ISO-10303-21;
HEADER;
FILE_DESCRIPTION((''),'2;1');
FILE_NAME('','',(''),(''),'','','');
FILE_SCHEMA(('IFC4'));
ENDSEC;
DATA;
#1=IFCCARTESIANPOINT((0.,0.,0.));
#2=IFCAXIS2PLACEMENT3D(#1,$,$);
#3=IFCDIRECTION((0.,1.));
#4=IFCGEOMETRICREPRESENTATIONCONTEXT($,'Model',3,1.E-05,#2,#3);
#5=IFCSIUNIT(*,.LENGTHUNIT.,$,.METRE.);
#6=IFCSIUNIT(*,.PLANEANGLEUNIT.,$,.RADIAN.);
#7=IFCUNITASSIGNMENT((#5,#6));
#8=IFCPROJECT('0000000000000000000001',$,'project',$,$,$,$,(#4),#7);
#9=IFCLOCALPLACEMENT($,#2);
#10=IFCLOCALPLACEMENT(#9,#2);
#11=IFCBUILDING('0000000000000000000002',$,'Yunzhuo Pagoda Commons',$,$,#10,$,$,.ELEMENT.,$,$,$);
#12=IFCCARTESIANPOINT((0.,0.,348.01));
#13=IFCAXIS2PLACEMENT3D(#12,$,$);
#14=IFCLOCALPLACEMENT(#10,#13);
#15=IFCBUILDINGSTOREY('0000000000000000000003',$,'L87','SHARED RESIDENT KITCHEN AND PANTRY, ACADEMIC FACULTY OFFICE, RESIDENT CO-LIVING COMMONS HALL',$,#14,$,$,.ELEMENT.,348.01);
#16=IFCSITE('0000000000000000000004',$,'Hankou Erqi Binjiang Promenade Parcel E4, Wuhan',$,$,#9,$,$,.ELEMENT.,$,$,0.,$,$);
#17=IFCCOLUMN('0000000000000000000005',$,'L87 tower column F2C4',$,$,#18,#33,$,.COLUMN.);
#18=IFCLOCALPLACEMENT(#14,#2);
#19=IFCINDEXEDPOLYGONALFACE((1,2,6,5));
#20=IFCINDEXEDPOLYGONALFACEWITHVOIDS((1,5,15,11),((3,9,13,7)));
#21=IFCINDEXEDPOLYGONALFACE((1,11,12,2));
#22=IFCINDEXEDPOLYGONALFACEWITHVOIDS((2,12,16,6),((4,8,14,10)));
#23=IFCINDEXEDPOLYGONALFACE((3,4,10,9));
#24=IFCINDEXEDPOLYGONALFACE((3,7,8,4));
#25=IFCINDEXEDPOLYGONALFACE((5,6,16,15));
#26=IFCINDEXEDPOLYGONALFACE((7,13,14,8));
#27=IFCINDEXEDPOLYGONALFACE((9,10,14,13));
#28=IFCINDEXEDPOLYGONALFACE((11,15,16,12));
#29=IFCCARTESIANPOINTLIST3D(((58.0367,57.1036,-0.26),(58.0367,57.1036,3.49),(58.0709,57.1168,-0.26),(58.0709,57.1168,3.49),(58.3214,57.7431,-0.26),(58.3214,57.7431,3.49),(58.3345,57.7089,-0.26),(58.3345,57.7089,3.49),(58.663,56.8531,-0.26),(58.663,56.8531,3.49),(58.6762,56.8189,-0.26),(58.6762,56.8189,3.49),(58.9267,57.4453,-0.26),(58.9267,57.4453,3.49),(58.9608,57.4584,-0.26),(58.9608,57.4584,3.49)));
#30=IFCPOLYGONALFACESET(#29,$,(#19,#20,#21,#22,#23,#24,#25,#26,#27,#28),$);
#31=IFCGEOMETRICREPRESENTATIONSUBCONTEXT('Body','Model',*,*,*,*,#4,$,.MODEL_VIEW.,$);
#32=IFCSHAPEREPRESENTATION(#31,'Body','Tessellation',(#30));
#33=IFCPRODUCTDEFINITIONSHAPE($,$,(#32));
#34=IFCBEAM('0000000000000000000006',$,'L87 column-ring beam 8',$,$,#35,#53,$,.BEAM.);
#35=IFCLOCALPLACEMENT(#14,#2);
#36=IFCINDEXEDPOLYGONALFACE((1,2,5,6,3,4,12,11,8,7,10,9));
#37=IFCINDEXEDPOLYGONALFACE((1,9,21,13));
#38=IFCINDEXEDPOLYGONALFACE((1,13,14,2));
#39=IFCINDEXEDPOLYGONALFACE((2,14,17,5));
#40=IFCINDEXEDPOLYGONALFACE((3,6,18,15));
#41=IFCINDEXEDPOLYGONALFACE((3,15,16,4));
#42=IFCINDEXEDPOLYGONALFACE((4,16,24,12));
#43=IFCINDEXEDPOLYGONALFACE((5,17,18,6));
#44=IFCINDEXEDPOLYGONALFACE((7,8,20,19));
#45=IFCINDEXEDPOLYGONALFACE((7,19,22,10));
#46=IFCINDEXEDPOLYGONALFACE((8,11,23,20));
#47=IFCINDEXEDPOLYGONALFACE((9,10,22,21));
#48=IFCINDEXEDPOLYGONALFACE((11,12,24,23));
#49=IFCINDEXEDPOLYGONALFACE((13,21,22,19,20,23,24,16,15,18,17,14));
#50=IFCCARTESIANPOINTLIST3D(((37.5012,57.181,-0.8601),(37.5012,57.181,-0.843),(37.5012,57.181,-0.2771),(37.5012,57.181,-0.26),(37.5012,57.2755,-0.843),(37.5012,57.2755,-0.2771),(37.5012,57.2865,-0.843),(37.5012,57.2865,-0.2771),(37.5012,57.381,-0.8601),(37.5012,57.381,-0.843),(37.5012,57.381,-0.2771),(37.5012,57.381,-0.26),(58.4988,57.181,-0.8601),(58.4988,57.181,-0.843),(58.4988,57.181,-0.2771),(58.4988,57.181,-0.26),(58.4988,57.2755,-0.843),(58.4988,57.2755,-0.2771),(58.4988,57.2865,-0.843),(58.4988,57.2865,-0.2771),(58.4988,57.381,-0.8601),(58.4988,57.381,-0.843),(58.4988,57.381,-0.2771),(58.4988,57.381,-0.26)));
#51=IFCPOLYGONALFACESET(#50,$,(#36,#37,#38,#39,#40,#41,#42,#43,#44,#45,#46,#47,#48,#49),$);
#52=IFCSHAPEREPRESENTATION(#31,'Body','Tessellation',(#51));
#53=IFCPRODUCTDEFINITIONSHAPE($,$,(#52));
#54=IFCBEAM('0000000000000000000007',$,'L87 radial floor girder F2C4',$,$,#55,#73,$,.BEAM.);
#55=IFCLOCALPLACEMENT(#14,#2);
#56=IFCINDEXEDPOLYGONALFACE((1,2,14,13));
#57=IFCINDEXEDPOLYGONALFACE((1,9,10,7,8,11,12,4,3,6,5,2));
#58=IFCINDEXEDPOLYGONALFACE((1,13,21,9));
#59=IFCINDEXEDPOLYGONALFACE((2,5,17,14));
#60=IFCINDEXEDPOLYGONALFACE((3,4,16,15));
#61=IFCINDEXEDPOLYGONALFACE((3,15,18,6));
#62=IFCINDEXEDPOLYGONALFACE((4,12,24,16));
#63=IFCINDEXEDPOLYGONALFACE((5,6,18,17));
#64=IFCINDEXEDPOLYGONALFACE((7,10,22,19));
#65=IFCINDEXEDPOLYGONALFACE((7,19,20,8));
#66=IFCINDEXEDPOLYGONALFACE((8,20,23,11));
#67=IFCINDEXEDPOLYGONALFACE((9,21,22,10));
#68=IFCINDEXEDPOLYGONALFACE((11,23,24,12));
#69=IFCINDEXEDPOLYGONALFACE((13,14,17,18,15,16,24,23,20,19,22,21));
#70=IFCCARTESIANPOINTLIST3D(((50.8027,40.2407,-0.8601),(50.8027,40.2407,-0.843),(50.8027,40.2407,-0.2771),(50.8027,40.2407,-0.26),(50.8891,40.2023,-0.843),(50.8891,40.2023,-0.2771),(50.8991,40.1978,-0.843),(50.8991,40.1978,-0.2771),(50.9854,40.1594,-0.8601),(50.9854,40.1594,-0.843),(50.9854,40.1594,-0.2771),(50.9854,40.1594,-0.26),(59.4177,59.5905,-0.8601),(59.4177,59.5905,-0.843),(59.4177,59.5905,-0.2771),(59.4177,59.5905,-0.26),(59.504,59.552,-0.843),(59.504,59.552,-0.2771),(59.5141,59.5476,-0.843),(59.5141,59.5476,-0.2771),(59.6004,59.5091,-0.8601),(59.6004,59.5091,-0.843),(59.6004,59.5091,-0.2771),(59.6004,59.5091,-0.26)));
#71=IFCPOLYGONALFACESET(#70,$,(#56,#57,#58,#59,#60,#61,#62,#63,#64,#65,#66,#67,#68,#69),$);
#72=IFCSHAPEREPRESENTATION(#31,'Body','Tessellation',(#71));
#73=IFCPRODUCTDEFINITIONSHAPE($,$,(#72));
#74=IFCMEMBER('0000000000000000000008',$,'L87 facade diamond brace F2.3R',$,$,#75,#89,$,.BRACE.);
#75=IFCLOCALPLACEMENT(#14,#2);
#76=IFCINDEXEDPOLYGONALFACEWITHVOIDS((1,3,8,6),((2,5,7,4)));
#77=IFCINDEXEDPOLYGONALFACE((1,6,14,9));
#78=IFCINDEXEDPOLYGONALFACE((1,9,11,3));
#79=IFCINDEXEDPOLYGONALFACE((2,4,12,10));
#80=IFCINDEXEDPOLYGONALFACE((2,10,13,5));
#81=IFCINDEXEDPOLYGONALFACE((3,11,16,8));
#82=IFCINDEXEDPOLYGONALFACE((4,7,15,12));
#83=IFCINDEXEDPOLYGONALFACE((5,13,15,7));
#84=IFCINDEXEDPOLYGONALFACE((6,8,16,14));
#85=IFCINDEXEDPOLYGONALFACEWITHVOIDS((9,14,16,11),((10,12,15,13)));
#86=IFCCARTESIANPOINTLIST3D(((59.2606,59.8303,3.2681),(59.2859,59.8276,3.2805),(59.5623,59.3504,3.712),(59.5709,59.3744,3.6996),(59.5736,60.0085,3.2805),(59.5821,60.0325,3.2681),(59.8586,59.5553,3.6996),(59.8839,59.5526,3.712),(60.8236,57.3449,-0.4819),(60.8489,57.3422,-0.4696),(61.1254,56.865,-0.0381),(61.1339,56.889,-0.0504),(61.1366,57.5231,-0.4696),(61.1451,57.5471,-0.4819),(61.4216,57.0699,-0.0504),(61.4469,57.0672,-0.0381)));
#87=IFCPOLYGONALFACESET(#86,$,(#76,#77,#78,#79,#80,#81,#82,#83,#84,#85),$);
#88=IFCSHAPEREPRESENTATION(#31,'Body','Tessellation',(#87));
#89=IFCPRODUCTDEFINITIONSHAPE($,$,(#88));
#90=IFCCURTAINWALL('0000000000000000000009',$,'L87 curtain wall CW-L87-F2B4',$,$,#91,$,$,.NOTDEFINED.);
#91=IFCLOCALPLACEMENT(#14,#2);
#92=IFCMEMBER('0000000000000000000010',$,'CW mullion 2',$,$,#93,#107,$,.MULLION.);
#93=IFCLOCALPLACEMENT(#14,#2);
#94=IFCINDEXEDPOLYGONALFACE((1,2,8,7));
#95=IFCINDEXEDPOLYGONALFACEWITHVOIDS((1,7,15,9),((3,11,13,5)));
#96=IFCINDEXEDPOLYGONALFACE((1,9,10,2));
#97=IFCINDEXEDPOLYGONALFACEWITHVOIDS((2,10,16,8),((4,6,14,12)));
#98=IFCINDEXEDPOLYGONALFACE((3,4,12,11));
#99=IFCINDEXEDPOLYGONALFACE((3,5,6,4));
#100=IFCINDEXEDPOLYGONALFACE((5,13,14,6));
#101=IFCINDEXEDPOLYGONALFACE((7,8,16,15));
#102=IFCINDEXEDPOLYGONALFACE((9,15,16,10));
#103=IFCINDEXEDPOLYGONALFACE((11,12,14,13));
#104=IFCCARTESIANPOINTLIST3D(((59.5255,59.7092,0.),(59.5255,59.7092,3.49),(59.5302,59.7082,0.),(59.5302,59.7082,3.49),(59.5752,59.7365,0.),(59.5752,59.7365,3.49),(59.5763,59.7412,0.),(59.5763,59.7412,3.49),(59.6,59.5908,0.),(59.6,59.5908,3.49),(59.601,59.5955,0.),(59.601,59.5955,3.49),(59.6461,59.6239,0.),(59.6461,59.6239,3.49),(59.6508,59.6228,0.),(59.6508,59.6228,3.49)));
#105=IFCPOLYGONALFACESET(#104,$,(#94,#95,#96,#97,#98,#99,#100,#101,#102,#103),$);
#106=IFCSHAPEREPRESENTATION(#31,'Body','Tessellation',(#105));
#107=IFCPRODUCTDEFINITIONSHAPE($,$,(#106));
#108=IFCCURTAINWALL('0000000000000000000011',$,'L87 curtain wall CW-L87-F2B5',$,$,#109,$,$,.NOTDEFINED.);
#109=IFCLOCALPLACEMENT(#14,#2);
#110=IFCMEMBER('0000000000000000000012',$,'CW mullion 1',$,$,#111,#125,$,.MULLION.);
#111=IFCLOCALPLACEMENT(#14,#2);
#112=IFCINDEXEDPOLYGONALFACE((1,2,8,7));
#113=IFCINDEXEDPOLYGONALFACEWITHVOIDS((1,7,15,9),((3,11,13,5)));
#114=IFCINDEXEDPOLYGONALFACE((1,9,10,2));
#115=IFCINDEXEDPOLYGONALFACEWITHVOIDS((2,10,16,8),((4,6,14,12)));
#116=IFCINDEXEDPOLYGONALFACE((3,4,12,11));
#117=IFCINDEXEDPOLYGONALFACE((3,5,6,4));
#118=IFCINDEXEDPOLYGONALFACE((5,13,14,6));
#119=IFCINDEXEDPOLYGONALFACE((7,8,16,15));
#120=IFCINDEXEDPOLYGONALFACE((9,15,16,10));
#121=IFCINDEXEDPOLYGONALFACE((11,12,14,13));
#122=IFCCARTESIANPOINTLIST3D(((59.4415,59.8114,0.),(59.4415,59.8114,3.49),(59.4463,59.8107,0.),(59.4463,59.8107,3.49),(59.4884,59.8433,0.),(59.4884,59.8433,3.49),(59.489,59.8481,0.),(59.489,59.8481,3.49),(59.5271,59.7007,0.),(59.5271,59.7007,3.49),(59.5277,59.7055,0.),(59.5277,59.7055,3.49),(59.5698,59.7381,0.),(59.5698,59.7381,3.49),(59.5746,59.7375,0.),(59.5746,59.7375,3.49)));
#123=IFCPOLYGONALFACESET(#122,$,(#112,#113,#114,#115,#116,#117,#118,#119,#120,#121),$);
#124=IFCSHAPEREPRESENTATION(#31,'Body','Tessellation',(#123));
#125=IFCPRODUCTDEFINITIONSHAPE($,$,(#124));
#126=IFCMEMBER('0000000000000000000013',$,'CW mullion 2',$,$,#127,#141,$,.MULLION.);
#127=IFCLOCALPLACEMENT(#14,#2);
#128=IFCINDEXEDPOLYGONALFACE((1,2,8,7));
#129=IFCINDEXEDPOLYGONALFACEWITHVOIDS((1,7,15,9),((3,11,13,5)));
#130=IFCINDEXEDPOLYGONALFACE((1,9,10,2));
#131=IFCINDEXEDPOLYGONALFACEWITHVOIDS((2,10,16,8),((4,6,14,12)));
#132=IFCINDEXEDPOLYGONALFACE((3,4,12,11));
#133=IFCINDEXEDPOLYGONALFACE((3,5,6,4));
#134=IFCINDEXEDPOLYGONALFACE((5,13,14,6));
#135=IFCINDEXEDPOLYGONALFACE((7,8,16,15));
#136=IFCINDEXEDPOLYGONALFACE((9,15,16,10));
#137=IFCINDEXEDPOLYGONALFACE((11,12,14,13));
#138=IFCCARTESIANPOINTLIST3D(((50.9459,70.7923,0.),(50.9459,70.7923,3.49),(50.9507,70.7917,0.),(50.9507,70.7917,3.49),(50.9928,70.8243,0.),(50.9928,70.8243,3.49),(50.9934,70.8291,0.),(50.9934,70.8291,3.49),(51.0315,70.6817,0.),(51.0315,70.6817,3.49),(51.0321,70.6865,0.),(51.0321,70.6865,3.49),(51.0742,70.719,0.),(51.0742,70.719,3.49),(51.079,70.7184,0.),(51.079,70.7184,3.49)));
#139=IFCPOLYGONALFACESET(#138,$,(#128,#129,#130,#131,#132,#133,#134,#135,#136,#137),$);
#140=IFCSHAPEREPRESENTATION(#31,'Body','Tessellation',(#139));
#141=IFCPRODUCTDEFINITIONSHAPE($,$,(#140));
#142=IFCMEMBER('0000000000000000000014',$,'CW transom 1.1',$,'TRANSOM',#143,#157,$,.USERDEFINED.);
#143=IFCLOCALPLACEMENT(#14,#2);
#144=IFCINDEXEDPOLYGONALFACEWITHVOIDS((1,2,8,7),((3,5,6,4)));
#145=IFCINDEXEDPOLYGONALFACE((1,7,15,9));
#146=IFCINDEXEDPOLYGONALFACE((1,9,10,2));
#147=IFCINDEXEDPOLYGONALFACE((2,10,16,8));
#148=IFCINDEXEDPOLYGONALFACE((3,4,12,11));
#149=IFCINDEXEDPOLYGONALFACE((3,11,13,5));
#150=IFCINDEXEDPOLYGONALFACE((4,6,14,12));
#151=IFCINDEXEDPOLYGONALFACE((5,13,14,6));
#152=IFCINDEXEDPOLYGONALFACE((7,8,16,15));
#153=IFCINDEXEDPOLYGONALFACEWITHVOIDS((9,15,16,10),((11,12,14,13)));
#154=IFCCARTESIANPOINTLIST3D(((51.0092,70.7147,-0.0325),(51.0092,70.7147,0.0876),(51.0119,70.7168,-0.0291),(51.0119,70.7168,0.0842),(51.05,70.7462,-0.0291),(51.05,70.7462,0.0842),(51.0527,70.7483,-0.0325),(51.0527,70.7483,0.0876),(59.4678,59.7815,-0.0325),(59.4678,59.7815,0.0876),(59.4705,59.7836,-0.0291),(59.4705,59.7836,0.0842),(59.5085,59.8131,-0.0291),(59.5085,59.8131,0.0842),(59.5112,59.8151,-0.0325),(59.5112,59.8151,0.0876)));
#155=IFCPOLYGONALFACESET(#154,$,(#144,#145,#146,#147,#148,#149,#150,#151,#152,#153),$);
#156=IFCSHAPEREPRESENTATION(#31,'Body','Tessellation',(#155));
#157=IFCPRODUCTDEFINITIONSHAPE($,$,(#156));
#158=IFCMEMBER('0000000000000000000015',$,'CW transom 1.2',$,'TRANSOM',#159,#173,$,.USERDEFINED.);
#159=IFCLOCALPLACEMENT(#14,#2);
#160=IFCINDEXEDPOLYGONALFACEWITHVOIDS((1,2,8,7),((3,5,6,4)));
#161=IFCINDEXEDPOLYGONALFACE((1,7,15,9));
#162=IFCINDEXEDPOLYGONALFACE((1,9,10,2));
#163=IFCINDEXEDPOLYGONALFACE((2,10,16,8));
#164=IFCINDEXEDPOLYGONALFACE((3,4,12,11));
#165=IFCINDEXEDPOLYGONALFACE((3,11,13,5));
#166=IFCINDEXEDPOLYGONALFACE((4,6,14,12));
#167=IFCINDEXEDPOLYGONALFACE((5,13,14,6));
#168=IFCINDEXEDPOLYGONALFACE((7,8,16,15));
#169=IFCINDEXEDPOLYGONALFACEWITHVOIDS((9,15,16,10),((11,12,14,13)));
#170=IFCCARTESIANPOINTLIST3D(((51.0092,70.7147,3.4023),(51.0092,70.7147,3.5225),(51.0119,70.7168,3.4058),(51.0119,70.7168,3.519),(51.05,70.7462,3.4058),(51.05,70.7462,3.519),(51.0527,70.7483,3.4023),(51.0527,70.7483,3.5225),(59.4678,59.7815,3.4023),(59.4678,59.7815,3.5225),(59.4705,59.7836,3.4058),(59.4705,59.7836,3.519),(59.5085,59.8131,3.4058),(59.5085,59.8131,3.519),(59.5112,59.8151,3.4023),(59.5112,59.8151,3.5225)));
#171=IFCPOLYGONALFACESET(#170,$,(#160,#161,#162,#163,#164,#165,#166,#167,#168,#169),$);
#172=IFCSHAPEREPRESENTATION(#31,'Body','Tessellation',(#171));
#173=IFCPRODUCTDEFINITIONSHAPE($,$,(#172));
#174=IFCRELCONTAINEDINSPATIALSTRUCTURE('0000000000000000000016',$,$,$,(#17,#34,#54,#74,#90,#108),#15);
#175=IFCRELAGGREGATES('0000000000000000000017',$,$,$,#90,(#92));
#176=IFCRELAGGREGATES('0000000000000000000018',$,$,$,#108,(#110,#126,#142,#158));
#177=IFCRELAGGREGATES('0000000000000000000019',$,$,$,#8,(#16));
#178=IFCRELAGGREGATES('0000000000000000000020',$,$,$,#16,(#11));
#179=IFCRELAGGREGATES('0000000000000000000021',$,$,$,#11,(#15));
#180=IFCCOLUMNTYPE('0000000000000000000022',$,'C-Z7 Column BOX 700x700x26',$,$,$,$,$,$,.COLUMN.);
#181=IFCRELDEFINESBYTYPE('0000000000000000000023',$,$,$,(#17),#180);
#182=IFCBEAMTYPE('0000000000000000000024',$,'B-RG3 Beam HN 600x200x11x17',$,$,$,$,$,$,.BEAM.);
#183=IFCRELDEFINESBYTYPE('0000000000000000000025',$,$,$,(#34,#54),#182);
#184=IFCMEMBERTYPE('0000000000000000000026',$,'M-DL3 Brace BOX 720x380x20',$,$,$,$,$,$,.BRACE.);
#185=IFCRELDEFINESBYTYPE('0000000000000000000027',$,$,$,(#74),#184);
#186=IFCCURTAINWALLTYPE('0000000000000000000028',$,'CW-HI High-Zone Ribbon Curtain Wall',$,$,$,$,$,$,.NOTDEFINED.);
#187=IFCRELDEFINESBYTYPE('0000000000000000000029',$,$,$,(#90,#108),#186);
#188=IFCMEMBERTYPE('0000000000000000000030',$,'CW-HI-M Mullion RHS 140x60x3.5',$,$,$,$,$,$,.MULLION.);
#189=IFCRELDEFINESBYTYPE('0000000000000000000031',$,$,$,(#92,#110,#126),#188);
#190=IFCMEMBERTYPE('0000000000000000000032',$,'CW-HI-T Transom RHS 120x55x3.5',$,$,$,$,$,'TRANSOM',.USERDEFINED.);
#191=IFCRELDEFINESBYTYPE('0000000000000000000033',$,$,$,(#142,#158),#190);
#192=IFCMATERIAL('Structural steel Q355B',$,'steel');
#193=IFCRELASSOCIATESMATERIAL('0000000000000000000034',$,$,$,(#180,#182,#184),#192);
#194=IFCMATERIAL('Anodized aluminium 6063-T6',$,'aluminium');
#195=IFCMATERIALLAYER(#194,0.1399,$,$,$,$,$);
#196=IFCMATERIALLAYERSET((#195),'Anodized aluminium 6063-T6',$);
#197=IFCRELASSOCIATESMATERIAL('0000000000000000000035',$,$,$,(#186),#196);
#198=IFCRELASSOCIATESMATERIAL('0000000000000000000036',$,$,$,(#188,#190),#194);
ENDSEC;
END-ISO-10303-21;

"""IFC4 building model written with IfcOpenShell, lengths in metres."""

from ifc_helpers import new_model, si_unit, direction, frame, origin, origin_2d, place, context, subcontext, project, spatial, hollow_rectangle, i_section, extrude, source, transform, mapped, material, layer, layer_set, material_profile, profile_set, type_object, element, aggregate, save


model = new_model("IFC4")

# Units and contexts
model_context = context("Model", 3, precision=1e-05, world=origin(), true_north=direction((0.0, 1.0)))
body_context = subcontext(model_context, "Body", "Model", "MODEL_VIEW")
ifc_project = project(units=[si_unit("LENGTHUNIT", "METRE"), si_unit("PLANEANGLEUNIT", "RADIAN")], contexts=[model_context])

# Site, building, storey
site_placement = place(None, origin())
site = spatial("IfcSite", under=ifc_project, at=site_placement, Name="Hankou Erqi Binjiang Promenade Parcel E4, Wuhan", CompositionType="ELEMENT", RefElevation=0.0)
building_placement = place(site_placement, origin())
building = spatial("IfcBuilding", under=site, at=building_placement, Name="Yunzhuo Pagoda Commons", CompositionType="ELEMENT")
storey_placement = place(building_placement, frame((0.0, 0.0, 348.01)))
storey = spatial("IfcBuildingStorey", under=building, at=storey_placement, Name="L87", Description="SHARED RESIDENT KITCHEN AND PANTRY, ACADEMIC FACULTY OFFICE, RESIDENT CO-LIVING COMMONS HALL", CompositionType="ELEMENT", Elevation=348.01)

# Column
ifc_material_1 = material(Name="Structural steel Q355B", Category="steel")
ifc_material_profile_1 = material_profile(ifc_material_1, hollow_rectangle(XDim=0.7, YDim=0.7, WallThickness=0.0259, at=origin_2d()), Name="Structural steel Q355B")
ifc_profile_set_1 = profile_set([ifc_material_profile_1], Name="Structural steel Q355B")
column_type = type_object("IfcColumnType", Name="C-Z7 Column BOX 700x700x26", PredefinedType="COLUMN", material=ifc_profile_set_1)
shared_shape_1 = source(origin(), body_context, "Body", "SweptSolid", [
    extrude(hollow_rectangle(XDim=0.7, YDim=0.7, WallThickness=0.0259, at=origin_2d()), origin(), (0.0, 0.0, 1.0), 3.75),
])
column_placement = place(storey_placement, frame((58.4988, 57.281, -0.26), z_axis=(0.0, 0.0, 1.0), x_axis=(-0.913545, 0.406737, 0.0)))
element("IfcColumn", 1, at=column_placement, inside=storey, type_object=column_type, Name="L87 tower column F2C4", PredefinedType="COLUMN", context=body_context, shape_type="MappedRepresentation", body=[
    mapped(shared_shape_1, transform((0.0, 0.0, 0.0), scale=1.0)),
])

# Beams
ifc_material_profile_2 = material_profile(ifc_material_1, i_section(OverallWidth=0.2, OverallDepth=0.6001, WebThickness=0.011, FlangeThickness=0.0171, at=origin_2d()), Name="Structural steel Q355B")
ifc_profile_set_2 = profile_set([ifc_material_profile_2], Name="Structural steel Q355B")
beam_type = type_object("IfcBeamType", Name="B-RG3 Beam HN 600x200x11x17", PredefinedType="BEAM", material=ifc_profile_set_2)
shared_shape_2 = source(origin(), body_context, "Body", "SweptSolid", [
    extrude(i_section(OverallWidth=0.2, OverallDepth=0.6001, WebThickness=0.011, FlangeThickness=0.0171, at=origin_2d()), origin(), (0.0, 0.0, 1.0), 20.9976),
])
beam_1_placement = place(storey_placement, frame((58.4988, 57.281, -0.5601), z_axis=(-1.0, 0.0, 0.0), x_axis=(0.0, -1.0, 0.0)))
element("IfcBeam", 2, at=beam_1_placement, inside=storey, type_object=beam_type, Name="L87 column-ring beam 8", PredefinedType="BEAM", context=body_context, shape_type="MappedRepresentation", body=[
    mapped(shared_shape_2, transform((0.0, 0.0, 0.0), scale=1.0)),
])
shared_shape_3 = source(origin(), body_context, "Body", "SweptSolid", [
    extrude(i_section(OverallWidth=0.2, OverallDepth=0.6001, WebThickness=0.011, FlangeThickness=0.0171, at=origin_2d()), origin(), (0.0, 0.0, 1.0), 21.1809),
])
beam_2_placement = place(storey_placement, frame((59.509, 59.5498, -0.5601), z_axis=(-0.406732, -0.913548, 0.0), x_axis=(0.913548, -0.406732, 0.0)))
element("IfcBeam", 3, at=beam_2_placement, inside=storey, type_object=beam_type, Name="L87 radial floor girder F2C4", PredefinedType="BEAM", context=body_context, shape_type="MappedRepresentation", body=[
    mapped(shared_shape_3, transform((0.0, 0.0, 0.0), scale=1.0)),
])

# Member
ifc_material_profile_3 = material_profile(ifc_material_1, hollow_rectangle(XDim=0.3799, YDim=0.72, WallThickness=0.02, at=origin_2d()), Name="Structural steel Q355B")
ifc_profile_set_3 = profile_set([ifc_material_profile_3], Name="Structural steel Q355B")
member_type_1 = type_object("IfcMemberType", Name="M-DL3 Brace BOX 720x380x20", PredefinedType="BRACE", material=ifc_profile_set_3)
shared_shape_4 = source(origin(), body_context, "Body", "SweptSolid", [
    extrude(hollow_rectangle(XDim=0.3799, YDim=0.72, WallThickness=0.02, at=origin_2d()), origin(), (0.0, 0.0, 1.0), 4.7627),
])
member_1_placement = place(storey_placement, frame((61.1353, 57.2061, -0.26), z_axis=(-0.328179, 0.521847, 0.787384), x_axis=(-0.846519, -0.532359, 0.0)))
element("IfcMember", 4, at=member_1_placement, inside=storey, type_object=member_type_1, Name="L87 facade diamond brace F2.3R", PredefinedType="BRACE", context=body_context, shape_type="MappedRepresentation", body=[
    mapped(shared_shape_4, transform((0.0, 0.0, 0.0), scale=1.0)),
])

# Curtain wall, member
ifc_material_2 = material(Name="Anodized aluminium 6063-T6", Category="aluminium")
ifc_layer_1 = layer(ifc_material_2, 0.1399)
ifc_layer_set_1 = layer_set([ifc_layer_1], Name="Anodized aluminium 6063-T6")
curtain_wall_type = type_object("IfcCurtainWallType", Name="CW-HI High-Zone Ribbon Curtain Wall", PredefinedType="NOTDEFINED", material=ifc_layer_set_1)
curtain_wall_1_placement = place(storey_placement, origin())
curtain_wall_1 = element("IfcCurtainWall", 5, at=curtain_wall_1_placement, inside=storey, type_object=curtain_wall_type, Name="L87 curtain wall CW-L87-F2B4", PredefinedType="NOTDEFINED")
ifc_material_profile_4 = material_profile(ifc_material_2, hollow_rectangle(XDim=0.0601, YDim=0.1399, WallThickness=0.0034, at=origin_2d()), Name="Anodized aluminium 6063-T6")
ifc_profile_set_4 = profile_set([ifc_material_profile_4], Name="Anodized aluminium 6063-T6")
member_type_2 = type_object("IfcMemberType", Name="CW-HI-M Mullion RHS 140x60x3.5", PredefinedType="MULLION", material=ifc_profile_set_4)
shared_shape_5 = source(origin(), body_context, "Body", "SweptSolid", [
    extrude(hollow_rectangle(XDim=0.0601, YDim=0.1399, WallThickness=0.0034, at=origin_2d()), origin(), (0.0, 0.0, 1.0), 3.49),
])
member_2_placement = place(storey_placement, frame((59.5881, 59.666, 0.0), z_axis=(0.0, 0.0, 1.0), x_axis=(-0.846525, -0.53235, 0.0)))
member_2 = element("IfcMember", 6, at=member_2_placement, type_object=member_type_2, Name="CW mullion 2", PredefinedType="MULLION", context=body_context, shape_type="MappedRepresentation", body=[
    mapped(shared_shape_5, transform((0.0, 0.0, 0.0), scale=1.0)),
])

# Curtain wall, members
curtain_wall_2_placement = place(storey_placement, origin())
curtain_wall_2 = element("IfcCurtainWall", 7, at=curtain_wall_2_placement, inside=storey, type_object=curtain_wall_type, Name="L87 curtain wall CW-L87-F2B5", PredefinedType="NOTDEFINED")
member_3_placement = place(storey_placement, frame((59.5081, 59.7744, 0.0), z_axis=(0.0, 0.0, 1.0), x_axis=(-0.790927, -0.61191, 0.0)))
member_3 = element("IfcMember", 8, at=member_3_placement, type_object=member_type_2, Name="CW mullion 1", PredefinedType="MULLION", context=body_context, shape_type="MappedRepresentation", body=[
    mapped(shared_shape_5, transform((0.0, 0.0, 0.0), scale=1.0)),
])
member_4_placement = place(storey_placement, frame((51.0125, 70.7554, 0.0), z_axis=(0.0, 0.0, 1.0), x_axis=(-0.790927, -0.61191, 0.0)))
member_4 = element("IfcMember", 9, at=member_4_placement, type_object=member_type_2, Name="CW mullion 2", PredefinedType="MULLION", context=body_context, shape_type="MappedRepresentation", body=[
    mapped(shared_shape_5, transform((0.0, 0.0, 0.0), scale=1.0)),
])
ifc_material_profile_5 = material_profile(ifc_material_2, hollow_rectangle(XDim=0.0549, YDim=0.1201, WallThickness=0.0034, at=origin_2d()), Name="Anodized aluminium 6063-T6")
ifc_profile_set_5 = profile_set([ifc_material_profile_5], Name="Anodized aluminium 6063-T6")
member_type_3 = type_object("IfcMemberType", Name="CW-HI-T Transom RHS 120x55x3.5", ElementType="TRANSOM", PredefinedType="USERDEFINED", material=ifc_profile_set_5)
shared_shape_6 = source(origin(), body_context, "Body", "SweptSolid", [
    extrude(hollow_rectangle(XDim=0.0549, YDim=0.1201, WallThickness=0.0034, at=origin_2d()), origin(), (0.0, 0.0, 1.0), 13.8232),
])
member_5_placement = place(storey_placement, frame((59.4895, 59.7983, 0.0276), z_axis=(-0.611909, 0.790928, 0.0), x_axis=(-0.790928, -0.611909, 0.0)))
member_5 = element("IfcMember", 10, at=member_5_placement, type_object=member_type_3, Name="CW transom 1.1", ObjectType="TRANSOM", PredefinedType="USERDEFINED", context=body_context, shape_type="MappedRepresentation", body=[
    mapped(shared_shape_6, transform((0.0, 0.0, 0.0), scale=1.0)),
])
member_6_placement = place(storey_placement, frame((59.4895, 59.7983, 3.4624), z_axis=(-0.611909, 0.790928, 0.0), x_axis=(-0.790928, -0.611909, 0.0)))
member_6 = element("IfcMember", 11, at=member_6_placement, type_object=member_type_3, Name="CW transom 1.2", ObjectType="TRANSOM", PredefinedType="USERDEFINED", context=body_context, shape_type="MappedRepresentation", body=[
    mapped(shared_shape_6, transform((0.0, 0.0, 0.0), scale=1.0)),
])

aggregate(curtain_wall_1, [member_2])
aggregate(curtain_wall_2, [member_3, member_4, member_5, member_6])

save(model, "model.ifc")
